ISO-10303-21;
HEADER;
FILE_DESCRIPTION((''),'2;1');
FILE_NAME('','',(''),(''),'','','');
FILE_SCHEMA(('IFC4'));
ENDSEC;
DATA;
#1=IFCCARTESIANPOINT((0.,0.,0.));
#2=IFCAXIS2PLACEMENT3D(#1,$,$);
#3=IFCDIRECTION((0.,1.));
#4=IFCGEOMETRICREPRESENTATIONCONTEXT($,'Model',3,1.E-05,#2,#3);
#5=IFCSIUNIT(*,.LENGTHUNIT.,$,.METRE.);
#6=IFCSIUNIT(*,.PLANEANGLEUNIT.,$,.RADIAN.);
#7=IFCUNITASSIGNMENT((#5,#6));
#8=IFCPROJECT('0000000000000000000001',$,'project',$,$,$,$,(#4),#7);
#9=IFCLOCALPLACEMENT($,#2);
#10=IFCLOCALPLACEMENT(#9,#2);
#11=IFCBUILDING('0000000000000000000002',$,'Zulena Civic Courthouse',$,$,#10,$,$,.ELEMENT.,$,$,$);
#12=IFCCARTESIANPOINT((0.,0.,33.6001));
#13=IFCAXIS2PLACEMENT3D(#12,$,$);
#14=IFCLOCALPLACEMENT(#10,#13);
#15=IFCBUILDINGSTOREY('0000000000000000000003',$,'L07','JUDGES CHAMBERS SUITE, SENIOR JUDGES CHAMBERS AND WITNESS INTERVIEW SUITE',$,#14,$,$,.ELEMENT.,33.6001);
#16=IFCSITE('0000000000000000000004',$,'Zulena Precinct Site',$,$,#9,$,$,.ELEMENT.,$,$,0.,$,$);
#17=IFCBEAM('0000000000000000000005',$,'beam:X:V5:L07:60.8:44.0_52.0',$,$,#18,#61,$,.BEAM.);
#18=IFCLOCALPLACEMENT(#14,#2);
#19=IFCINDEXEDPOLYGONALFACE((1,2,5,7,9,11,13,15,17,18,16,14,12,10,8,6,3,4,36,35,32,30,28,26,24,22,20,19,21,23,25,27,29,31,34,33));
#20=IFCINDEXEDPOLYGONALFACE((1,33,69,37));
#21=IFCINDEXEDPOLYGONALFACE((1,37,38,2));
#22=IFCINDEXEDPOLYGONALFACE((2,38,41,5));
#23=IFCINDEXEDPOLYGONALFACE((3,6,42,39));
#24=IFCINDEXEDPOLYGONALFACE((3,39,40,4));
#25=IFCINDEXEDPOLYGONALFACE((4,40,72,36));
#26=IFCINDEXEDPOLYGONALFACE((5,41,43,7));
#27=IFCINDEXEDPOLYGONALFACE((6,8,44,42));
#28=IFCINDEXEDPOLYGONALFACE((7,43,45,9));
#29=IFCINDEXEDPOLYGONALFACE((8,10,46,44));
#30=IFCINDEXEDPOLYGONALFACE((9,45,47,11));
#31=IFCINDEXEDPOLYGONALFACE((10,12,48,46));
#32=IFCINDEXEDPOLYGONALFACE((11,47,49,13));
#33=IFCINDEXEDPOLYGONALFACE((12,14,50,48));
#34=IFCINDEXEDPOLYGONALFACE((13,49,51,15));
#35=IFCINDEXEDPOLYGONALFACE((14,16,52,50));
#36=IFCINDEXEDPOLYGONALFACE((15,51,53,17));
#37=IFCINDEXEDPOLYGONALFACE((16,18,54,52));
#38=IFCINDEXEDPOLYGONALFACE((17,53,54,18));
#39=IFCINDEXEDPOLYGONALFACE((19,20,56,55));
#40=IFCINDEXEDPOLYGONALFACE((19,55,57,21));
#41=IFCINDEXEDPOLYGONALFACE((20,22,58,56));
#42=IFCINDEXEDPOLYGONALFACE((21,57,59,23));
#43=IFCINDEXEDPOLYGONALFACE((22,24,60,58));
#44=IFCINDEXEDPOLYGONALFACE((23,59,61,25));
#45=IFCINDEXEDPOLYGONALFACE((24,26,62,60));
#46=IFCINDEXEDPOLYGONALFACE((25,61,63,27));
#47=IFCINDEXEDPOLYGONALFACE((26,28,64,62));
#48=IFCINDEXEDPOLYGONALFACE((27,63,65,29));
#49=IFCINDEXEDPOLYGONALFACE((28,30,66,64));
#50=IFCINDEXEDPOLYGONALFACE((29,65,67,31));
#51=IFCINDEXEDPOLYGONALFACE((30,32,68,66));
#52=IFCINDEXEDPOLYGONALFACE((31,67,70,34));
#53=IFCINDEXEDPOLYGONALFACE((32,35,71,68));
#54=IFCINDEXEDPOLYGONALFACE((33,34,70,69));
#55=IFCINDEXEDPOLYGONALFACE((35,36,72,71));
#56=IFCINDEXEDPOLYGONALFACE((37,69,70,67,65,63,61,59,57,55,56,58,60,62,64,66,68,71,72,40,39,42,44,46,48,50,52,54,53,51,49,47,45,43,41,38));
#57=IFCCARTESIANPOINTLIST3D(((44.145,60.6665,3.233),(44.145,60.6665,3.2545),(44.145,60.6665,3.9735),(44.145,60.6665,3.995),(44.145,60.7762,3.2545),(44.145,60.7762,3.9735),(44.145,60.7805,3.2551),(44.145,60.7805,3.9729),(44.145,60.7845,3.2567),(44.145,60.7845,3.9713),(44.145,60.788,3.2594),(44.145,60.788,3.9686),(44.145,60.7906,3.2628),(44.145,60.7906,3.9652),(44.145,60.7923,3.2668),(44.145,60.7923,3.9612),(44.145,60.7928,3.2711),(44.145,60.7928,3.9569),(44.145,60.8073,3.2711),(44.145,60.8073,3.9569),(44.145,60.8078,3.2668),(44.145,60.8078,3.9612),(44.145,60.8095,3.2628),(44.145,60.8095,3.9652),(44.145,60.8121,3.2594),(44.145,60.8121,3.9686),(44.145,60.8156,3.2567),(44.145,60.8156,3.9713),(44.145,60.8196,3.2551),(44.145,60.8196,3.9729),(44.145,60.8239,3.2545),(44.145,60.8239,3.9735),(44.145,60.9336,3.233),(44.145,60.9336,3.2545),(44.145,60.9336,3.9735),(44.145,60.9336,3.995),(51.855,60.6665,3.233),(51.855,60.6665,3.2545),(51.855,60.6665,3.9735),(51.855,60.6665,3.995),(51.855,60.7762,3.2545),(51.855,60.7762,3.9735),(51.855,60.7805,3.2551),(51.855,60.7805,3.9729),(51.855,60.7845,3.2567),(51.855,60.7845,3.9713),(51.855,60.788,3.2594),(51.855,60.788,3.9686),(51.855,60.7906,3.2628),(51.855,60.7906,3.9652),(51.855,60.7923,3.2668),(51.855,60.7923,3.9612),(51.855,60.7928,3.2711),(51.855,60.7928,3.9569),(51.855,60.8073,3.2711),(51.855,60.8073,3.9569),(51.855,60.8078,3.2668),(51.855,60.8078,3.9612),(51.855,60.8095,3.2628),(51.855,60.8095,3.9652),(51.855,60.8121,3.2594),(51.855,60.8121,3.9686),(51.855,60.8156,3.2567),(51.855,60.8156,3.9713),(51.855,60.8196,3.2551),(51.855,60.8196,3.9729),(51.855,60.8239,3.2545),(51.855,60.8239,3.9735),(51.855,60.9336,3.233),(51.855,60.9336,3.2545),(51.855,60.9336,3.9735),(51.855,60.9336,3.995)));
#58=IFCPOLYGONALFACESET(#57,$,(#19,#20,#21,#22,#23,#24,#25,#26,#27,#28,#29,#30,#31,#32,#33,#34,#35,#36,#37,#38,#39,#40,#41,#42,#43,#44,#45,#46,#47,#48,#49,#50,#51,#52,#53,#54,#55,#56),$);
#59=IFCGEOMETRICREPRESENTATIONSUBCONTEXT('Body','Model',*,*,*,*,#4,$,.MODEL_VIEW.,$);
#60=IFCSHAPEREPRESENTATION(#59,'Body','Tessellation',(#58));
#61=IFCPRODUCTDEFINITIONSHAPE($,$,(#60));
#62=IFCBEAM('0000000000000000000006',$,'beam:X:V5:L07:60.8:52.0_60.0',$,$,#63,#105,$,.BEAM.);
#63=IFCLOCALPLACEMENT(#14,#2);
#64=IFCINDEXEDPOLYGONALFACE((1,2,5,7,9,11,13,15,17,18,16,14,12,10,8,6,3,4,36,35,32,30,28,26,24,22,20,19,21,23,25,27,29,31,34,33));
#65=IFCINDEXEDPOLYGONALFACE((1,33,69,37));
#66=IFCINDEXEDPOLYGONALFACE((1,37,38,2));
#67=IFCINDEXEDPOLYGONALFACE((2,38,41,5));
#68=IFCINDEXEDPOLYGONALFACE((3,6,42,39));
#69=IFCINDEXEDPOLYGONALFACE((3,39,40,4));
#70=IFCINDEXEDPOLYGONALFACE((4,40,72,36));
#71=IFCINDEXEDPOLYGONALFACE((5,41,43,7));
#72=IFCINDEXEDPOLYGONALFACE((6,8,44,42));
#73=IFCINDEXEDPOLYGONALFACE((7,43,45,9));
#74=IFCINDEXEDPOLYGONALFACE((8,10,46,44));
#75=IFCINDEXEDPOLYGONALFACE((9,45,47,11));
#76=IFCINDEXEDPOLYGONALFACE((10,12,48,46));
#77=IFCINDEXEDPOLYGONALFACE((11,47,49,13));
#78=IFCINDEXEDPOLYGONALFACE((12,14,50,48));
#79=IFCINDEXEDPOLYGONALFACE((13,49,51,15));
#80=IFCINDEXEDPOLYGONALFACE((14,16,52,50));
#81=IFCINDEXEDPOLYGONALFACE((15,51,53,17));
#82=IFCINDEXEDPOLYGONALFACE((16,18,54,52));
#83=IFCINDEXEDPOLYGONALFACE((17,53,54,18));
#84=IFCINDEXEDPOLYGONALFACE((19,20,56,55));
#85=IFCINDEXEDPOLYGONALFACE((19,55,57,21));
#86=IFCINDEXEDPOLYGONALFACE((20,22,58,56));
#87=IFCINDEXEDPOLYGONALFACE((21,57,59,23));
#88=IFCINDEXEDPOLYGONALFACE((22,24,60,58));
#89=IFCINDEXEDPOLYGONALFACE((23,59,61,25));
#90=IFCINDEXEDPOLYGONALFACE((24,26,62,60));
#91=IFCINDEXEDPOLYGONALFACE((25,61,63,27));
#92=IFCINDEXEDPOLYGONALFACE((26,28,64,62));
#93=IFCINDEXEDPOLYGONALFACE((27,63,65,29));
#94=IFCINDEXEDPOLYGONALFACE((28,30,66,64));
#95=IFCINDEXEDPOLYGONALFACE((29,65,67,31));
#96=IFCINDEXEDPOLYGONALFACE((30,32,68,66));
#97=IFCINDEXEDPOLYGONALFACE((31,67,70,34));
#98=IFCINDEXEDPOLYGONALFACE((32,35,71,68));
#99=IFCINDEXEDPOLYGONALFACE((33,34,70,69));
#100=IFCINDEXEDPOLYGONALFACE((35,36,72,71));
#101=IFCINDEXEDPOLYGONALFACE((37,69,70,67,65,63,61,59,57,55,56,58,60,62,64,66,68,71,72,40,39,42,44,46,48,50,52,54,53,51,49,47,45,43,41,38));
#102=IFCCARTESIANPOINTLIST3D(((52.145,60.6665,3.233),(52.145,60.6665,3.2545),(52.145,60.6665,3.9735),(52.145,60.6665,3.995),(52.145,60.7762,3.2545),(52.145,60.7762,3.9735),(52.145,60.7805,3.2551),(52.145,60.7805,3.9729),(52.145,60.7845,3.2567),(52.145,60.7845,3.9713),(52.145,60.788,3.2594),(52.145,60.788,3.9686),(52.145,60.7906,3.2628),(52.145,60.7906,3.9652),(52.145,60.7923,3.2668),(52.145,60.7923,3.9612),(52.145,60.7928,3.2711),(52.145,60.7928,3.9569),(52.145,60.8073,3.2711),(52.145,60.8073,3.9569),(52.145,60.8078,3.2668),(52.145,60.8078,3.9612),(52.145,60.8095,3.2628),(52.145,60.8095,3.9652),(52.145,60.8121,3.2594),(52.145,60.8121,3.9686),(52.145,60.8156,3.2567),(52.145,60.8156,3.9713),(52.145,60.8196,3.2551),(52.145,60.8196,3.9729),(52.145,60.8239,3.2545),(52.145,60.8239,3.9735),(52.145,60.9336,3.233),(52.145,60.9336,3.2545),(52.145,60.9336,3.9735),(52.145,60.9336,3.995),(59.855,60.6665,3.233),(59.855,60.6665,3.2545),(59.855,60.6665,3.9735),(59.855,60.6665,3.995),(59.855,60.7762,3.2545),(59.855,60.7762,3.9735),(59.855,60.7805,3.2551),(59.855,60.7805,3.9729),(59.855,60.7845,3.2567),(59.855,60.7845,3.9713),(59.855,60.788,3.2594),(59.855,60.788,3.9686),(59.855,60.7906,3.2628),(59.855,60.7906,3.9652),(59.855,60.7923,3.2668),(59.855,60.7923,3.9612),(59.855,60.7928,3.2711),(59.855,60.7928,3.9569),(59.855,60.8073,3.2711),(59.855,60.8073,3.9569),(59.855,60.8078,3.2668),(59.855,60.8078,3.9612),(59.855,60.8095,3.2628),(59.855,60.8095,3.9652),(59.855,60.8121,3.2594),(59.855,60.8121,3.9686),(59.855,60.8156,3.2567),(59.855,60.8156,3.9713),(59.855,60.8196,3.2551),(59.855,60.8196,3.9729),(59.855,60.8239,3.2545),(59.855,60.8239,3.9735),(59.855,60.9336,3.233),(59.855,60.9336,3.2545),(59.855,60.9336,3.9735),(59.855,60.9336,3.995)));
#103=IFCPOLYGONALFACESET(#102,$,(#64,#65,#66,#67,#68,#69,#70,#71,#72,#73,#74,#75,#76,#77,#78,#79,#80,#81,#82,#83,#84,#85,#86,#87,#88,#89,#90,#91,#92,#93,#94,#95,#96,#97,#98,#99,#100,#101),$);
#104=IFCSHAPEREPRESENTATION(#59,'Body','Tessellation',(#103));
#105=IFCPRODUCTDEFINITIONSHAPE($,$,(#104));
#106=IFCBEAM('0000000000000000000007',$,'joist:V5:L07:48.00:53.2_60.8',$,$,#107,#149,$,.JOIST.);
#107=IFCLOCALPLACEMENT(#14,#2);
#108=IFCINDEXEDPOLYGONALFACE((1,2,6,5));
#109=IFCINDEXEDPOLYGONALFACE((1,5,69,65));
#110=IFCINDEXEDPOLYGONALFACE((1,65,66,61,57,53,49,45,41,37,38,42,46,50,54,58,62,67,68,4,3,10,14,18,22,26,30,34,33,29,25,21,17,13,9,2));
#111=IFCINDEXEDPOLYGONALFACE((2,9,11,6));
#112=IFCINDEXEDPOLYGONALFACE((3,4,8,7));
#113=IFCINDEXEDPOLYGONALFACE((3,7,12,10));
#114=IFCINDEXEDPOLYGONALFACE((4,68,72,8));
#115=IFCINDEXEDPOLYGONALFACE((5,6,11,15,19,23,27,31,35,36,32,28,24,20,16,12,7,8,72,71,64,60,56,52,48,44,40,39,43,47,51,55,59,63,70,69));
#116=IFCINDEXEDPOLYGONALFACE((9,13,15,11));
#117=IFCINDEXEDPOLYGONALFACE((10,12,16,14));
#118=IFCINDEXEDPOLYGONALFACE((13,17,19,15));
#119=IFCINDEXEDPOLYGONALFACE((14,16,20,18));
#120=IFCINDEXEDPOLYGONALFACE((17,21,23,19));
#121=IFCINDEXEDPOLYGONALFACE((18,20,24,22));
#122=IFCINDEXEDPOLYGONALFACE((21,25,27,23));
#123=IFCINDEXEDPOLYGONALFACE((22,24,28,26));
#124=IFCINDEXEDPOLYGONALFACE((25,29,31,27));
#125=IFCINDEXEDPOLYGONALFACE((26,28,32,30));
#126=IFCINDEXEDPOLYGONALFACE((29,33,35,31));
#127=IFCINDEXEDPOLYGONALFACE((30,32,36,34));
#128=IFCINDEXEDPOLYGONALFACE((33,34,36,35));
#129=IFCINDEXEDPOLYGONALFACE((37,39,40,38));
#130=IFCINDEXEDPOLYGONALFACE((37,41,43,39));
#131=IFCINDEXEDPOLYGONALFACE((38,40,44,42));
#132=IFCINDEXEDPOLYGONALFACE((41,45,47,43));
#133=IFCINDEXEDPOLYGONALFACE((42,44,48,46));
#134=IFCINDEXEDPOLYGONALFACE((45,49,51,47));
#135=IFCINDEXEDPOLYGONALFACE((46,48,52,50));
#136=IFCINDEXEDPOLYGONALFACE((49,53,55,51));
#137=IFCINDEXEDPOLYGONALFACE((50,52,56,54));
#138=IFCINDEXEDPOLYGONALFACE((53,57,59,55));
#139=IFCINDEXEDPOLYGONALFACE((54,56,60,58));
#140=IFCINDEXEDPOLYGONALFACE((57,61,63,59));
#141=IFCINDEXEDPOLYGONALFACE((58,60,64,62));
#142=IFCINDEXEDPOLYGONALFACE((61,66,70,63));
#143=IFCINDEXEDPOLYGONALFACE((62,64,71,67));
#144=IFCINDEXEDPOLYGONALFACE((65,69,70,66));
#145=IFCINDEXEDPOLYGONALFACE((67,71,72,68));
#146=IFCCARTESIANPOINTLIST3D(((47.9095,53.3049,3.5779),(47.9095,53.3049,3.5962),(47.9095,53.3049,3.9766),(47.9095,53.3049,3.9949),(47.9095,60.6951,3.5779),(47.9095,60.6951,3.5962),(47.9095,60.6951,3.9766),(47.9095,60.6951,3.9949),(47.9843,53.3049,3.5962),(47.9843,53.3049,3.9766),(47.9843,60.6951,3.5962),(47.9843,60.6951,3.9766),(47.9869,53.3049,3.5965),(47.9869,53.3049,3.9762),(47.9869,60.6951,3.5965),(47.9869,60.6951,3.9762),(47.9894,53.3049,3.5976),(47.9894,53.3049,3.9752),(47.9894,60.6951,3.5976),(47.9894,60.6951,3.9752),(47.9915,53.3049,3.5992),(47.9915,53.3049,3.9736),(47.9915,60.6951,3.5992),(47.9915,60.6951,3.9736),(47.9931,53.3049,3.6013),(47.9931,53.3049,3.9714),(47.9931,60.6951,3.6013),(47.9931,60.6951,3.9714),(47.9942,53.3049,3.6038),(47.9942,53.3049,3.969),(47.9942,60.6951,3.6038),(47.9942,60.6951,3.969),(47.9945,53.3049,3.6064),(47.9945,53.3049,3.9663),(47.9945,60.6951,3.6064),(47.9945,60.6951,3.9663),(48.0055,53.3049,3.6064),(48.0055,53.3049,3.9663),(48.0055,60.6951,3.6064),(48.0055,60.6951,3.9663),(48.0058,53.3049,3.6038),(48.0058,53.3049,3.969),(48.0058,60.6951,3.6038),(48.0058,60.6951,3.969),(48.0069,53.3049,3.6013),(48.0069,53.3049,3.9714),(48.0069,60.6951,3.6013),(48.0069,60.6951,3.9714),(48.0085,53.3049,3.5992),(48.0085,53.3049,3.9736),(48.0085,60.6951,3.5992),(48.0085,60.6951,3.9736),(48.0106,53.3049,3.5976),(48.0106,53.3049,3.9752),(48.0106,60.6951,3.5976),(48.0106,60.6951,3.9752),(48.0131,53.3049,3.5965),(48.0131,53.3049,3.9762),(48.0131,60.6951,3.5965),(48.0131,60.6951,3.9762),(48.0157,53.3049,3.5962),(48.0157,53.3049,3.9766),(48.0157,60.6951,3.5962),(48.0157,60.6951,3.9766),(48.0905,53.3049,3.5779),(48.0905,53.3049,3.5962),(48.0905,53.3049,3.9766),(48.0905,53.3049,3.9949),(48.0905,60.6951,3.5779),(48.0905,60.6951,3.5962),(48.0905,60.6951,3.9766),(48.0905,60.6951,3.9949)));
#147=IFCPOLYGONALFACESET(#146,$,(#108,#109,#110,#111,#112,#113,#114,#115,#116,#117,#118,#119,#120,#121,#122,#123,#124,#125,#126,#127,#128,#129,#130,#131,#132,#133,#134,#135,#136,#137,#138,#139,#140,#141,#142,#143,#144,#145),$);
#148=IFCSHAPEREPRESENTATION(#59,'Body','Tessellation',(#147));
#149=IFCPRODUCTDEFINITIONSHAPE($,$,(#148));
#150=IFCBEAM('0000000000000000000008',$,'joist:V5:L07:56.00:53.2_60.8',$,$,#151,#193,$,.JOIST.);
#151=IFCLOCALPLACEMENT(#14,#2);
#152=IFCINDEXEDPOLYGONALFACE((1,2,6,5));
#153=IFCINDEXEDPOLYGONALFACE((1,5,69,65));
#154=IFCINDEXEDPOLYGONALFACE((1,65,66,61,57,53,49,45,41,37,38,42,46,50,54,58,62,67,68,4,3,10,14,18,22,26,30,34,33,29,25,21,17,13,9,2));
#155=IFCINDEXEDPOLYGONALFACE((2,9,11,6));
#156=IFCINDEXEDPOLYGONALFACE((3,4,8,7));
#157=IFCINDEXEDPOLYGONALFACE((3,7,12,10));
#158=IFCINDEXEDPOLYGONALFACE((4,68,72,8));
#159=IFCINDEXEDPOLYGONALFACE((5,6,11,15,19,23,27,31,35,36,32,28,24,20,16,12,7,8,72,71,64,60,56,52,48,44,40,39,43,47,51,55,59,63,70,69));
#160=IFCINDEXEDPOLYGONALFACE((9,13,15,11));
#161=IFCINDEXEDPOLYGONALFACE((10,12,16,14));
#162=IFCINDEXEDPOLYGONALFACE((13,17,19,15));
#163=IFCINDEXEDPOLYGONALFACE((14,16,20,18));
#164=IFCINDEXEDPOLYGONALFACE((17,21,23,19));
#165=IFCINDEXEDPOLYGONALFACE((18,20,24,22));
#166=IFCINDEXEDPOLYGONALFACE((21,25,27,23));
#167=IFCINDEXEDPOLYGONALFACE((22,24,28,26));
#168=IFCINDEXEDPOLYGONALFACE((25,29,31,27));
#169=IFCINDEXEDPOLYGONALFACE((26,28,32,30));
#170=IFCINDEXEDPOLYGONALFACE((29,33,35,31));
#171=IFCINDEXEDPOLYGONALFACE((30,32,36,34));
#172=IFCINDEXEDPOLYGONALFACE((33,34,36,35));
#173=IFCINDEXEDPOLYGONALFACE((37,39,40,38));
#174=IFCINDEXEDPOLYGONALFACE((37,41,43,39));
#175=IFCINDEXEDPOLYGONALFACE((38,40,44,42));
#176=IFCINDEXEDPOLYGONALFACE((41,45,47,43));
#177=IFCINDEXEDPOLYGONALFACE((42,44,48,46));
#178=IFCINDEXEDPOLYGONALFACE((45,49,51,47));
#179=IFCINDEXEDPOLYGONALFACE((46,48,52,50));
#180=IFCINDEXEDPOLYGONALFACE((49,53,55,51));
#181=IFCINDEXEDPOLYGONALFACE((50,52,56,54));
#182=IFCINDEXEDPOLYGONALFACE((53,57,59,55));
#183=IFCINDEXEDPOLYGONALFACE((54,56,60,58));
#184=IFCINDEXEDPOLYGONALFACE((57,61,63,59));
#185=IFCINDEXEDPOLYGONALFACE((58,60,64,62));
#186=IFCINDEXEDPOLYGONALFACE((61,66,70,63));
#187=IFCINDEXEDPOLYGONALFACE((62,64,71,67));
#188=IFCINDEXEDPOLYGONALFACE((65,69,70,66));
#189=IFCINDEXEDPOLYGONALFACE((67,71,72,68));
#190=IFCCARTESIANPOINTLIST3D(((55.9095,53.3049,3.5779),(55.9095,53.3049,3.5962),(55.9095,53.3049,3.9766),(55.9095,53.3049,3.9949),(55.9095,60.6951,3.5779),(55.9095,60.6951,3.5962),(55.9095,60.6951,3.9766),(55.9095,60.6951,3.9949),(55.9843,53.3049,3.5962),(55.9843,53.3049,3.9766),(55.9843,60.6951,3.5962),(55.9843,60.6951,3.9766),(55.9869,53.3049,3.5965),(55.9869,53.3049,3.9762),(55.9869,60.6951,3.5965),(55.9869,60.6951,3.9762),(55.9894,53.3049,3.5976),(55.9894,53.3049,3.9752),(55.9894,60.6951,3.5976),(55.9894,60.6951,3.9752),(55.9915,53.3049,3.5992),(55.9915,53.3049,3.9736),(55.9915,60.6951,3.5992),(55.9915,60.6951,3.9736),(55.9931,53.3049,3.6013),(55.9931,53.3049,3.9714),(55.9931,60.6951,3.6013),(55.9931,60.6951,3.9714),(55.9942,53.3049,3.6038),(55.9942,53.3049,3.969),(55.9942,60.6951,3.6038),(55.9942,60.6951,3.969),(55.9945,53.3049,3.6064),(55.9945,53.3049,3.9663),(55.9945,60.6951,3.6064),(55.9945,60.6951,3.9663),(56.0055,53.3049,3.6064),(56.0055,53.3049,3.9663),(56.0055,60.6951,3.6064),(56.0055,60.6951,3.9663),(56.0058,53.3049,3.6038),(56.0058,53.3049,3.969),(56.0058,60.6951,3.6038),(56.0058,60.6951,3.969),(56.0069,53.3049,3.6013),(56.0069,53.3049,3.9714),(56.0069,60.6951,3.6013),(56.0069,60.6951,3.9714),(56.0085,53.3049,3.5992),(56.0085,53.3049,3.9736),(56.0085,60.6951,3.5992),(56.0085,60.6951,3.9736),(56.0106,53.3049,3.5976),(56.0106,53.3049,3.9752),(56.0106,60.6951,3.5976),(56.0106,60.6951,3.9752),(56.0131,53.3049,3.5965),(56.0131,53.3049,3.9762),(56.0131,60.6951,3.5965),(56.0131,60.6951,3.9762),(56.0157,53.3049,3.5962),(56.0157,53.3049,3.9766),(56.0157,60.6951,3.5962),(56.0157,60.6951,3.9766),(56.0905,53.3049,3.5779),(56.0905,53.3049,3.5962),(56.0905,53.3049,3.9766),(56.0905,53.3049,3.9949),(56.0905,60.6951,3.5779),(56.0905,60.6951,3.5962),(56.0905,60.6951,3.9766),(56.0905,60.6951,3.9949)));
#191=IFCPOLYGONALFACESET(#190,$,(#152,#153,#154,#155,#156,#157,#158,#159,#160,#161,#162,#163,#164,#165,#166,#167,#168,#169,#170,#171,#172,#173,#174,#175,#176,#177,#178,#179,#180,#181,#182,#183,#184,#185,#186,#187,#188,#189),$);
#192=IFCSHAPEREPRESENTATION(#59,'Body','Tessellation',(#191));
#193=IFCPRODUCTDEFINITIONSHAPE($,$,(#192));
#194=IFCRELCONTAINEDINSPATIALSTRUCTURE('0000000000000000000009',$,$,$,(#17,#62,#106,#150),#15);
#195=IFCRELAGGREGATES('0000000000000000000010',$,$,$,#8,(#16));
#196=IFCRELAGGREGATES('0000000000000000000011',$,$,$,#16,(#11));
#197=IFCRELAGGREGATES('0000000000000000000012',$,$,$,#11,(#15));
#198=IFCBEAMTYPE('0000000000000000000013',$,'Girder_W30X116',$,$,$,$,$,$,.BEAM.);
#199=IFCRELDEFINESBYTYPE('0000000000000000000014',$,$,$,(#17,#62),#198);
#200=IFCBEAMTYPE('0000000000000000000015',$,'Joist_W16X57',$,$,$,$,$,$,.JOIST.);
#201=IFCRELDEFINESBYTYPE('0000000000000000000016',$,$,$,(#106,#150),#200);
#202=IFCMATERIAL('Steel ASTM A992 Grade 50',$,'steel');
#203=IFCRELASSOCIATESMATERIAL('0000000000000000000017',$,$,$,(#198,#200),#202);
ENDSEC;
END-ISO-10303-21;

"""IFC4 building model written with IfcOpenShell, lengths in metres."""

from ifc_helpers import new_model, si_unit, direction, frame, origin, origin_2d, place, context, subcontext, project, spatial, i_section, extrude, material, material_profile, profile_set, type_object, element, save


model = new_model("IFC4")

# Units and contexts
model_context = context("Model", 3, precision=1e-05, world=origin(), true_north=direction((0.0, 1.0)))
body_context = subcontext(model_context, "Body", "Model", "MODEL_VIEW")
ifc_project = project(units=[si_unit("LENGTHUNIT", "METRE"), si_unit("PLANEANGLEUNIT", "RADIAN")], contexts=[model_context])

# Site, building, storey
site_placement = place(None, origin())
site = spatial("IfcSite", under=ifc_project, at=site_placement, Name="Zulena Precinct Site", CompositionType="ELEMENT", RefElevation=0.0)
building_placement = place(site_placement, origin())
building = spatial("IfcBuilding", under=site, at=building_placement, Name="Zulena Civic Courthouse", CompositionType="ELEMENT")
storey_placement = place(building_placement, frame((0.0, 0.0, 33.6001)))
storey = spatial("IfcBuildingStorey", under=building, at=storey_placement, Name="L07", Description="JUDGES CHAMBERS SUITE, SENIOR JUDGES CHAMBERS AND WITNESS INTERVIEW SUITE", CompositionType="ELEMENT", Elevation=33.6001)

# Shared definitions
ifc_material_1 = material(Name="Steel ASTM A992 Grade 50", Category="steel")

# Beams
ifc_material_profile_1 = material_profile(ifc_material_1, i_section(OverallWidth=0.2671, OverallDepth=0.762, WebThickness=0.0144, FlangeThickness=0.0215, FilletRadius=0.0166, at=origin_2d()), Name="W30X116")
ifc_profile_set_1 = profile_set([ifc_material_profile_1], Name="Steel ASTM A992 Grade 50")
beam_type_1 = type_object("IfcBeamType", Name="Girder_W30X116", PredefinedType="BEAM", material=ifc_profile_set_1)
for number, where, z_axis, x_axis, name in (
    (1, (44.145, 60.8, 3.614), (1.0, 0.0, 0.0), (0.0, 1.0, 0.0), "beam:X:V5:L07:60.8:44.0_52.0"),
    (2, (52.145, 60.8, 3.614), (1.0, 0.0, 0.0), (0.0, 1.0, 0.0), "beam:X:V5:L07:60.8:52.0_60.0"),
):
    element("IfcBeam", number, at=place(storey_placement, frame(where, z_axis=z_axis, x_axis=x_axis)), inside=storey, type_object=beam_type_1, Name=name, PredefinedType="BEAM", context=body_context, shape_type="SweptSolid", body=[
        extrude(i_section(OverallWidth=0.2671, OverallDepth=0.762, WebThickness=0.0144, FlangeThickness=0.0215, FilletRadius=0.0166, at=origin_2d()), origin(), (0.0, 0.0, 1.0), 7.71),
    ])
ifc_material_profile_2 = material_profile(ifc_material_1, i_section(OverallWidth=0.1809, OverallDepth=0.417, WebThickness=0.011, FlangeThickness=0.0183, FilletRadius=0.0103, at=origin_2d()), Name="W16X57")
ifc_profile_set_2 = profile_set([ifc_material_profile_2], Name="Steel ASTM A992 Grade 50")
beam_type_2 = type_object("IfcBeamType", Name="Joist_W16X57", PredefinedType="JOIST", material=ifc_profile_set_2)
for number, where, z_axis, x_axis, name in (
    (3, (48.0, 53.3049, 3.7864), (0.0, 1.0, 0.0), (-1.0, 0.0, 0.0), "joist:V5:L07:48.00:53.2_60.8"),
    (4, (56.0, 53.3049, 3.7864), (0.0, 1.0, 0.0), (-1.0, 0.0, 0.0), "joist:V5:L07:56.00:53.2_60.8"),
):
    element("IfcBeam", number, at=place(storey_placement, frame(where, z_axis=z_axis, x_axis=x_axis)), inside=storey, type_object=beam_type_2, Name=name, PredefinedType="JOIST", context=body_context, shape_type="SweptSolid", body=[
        extrude(i_section(OverallWidth=0.1809, OverallDepth=0.417, WebThickness=0.011, FlangeThickness=0.0183, FilletRadius=0.0103, at=origin_2d()), origin(), (0.0, 0.0, 1.0), 7.3901),
    ])

save(model, "model.ifc")
